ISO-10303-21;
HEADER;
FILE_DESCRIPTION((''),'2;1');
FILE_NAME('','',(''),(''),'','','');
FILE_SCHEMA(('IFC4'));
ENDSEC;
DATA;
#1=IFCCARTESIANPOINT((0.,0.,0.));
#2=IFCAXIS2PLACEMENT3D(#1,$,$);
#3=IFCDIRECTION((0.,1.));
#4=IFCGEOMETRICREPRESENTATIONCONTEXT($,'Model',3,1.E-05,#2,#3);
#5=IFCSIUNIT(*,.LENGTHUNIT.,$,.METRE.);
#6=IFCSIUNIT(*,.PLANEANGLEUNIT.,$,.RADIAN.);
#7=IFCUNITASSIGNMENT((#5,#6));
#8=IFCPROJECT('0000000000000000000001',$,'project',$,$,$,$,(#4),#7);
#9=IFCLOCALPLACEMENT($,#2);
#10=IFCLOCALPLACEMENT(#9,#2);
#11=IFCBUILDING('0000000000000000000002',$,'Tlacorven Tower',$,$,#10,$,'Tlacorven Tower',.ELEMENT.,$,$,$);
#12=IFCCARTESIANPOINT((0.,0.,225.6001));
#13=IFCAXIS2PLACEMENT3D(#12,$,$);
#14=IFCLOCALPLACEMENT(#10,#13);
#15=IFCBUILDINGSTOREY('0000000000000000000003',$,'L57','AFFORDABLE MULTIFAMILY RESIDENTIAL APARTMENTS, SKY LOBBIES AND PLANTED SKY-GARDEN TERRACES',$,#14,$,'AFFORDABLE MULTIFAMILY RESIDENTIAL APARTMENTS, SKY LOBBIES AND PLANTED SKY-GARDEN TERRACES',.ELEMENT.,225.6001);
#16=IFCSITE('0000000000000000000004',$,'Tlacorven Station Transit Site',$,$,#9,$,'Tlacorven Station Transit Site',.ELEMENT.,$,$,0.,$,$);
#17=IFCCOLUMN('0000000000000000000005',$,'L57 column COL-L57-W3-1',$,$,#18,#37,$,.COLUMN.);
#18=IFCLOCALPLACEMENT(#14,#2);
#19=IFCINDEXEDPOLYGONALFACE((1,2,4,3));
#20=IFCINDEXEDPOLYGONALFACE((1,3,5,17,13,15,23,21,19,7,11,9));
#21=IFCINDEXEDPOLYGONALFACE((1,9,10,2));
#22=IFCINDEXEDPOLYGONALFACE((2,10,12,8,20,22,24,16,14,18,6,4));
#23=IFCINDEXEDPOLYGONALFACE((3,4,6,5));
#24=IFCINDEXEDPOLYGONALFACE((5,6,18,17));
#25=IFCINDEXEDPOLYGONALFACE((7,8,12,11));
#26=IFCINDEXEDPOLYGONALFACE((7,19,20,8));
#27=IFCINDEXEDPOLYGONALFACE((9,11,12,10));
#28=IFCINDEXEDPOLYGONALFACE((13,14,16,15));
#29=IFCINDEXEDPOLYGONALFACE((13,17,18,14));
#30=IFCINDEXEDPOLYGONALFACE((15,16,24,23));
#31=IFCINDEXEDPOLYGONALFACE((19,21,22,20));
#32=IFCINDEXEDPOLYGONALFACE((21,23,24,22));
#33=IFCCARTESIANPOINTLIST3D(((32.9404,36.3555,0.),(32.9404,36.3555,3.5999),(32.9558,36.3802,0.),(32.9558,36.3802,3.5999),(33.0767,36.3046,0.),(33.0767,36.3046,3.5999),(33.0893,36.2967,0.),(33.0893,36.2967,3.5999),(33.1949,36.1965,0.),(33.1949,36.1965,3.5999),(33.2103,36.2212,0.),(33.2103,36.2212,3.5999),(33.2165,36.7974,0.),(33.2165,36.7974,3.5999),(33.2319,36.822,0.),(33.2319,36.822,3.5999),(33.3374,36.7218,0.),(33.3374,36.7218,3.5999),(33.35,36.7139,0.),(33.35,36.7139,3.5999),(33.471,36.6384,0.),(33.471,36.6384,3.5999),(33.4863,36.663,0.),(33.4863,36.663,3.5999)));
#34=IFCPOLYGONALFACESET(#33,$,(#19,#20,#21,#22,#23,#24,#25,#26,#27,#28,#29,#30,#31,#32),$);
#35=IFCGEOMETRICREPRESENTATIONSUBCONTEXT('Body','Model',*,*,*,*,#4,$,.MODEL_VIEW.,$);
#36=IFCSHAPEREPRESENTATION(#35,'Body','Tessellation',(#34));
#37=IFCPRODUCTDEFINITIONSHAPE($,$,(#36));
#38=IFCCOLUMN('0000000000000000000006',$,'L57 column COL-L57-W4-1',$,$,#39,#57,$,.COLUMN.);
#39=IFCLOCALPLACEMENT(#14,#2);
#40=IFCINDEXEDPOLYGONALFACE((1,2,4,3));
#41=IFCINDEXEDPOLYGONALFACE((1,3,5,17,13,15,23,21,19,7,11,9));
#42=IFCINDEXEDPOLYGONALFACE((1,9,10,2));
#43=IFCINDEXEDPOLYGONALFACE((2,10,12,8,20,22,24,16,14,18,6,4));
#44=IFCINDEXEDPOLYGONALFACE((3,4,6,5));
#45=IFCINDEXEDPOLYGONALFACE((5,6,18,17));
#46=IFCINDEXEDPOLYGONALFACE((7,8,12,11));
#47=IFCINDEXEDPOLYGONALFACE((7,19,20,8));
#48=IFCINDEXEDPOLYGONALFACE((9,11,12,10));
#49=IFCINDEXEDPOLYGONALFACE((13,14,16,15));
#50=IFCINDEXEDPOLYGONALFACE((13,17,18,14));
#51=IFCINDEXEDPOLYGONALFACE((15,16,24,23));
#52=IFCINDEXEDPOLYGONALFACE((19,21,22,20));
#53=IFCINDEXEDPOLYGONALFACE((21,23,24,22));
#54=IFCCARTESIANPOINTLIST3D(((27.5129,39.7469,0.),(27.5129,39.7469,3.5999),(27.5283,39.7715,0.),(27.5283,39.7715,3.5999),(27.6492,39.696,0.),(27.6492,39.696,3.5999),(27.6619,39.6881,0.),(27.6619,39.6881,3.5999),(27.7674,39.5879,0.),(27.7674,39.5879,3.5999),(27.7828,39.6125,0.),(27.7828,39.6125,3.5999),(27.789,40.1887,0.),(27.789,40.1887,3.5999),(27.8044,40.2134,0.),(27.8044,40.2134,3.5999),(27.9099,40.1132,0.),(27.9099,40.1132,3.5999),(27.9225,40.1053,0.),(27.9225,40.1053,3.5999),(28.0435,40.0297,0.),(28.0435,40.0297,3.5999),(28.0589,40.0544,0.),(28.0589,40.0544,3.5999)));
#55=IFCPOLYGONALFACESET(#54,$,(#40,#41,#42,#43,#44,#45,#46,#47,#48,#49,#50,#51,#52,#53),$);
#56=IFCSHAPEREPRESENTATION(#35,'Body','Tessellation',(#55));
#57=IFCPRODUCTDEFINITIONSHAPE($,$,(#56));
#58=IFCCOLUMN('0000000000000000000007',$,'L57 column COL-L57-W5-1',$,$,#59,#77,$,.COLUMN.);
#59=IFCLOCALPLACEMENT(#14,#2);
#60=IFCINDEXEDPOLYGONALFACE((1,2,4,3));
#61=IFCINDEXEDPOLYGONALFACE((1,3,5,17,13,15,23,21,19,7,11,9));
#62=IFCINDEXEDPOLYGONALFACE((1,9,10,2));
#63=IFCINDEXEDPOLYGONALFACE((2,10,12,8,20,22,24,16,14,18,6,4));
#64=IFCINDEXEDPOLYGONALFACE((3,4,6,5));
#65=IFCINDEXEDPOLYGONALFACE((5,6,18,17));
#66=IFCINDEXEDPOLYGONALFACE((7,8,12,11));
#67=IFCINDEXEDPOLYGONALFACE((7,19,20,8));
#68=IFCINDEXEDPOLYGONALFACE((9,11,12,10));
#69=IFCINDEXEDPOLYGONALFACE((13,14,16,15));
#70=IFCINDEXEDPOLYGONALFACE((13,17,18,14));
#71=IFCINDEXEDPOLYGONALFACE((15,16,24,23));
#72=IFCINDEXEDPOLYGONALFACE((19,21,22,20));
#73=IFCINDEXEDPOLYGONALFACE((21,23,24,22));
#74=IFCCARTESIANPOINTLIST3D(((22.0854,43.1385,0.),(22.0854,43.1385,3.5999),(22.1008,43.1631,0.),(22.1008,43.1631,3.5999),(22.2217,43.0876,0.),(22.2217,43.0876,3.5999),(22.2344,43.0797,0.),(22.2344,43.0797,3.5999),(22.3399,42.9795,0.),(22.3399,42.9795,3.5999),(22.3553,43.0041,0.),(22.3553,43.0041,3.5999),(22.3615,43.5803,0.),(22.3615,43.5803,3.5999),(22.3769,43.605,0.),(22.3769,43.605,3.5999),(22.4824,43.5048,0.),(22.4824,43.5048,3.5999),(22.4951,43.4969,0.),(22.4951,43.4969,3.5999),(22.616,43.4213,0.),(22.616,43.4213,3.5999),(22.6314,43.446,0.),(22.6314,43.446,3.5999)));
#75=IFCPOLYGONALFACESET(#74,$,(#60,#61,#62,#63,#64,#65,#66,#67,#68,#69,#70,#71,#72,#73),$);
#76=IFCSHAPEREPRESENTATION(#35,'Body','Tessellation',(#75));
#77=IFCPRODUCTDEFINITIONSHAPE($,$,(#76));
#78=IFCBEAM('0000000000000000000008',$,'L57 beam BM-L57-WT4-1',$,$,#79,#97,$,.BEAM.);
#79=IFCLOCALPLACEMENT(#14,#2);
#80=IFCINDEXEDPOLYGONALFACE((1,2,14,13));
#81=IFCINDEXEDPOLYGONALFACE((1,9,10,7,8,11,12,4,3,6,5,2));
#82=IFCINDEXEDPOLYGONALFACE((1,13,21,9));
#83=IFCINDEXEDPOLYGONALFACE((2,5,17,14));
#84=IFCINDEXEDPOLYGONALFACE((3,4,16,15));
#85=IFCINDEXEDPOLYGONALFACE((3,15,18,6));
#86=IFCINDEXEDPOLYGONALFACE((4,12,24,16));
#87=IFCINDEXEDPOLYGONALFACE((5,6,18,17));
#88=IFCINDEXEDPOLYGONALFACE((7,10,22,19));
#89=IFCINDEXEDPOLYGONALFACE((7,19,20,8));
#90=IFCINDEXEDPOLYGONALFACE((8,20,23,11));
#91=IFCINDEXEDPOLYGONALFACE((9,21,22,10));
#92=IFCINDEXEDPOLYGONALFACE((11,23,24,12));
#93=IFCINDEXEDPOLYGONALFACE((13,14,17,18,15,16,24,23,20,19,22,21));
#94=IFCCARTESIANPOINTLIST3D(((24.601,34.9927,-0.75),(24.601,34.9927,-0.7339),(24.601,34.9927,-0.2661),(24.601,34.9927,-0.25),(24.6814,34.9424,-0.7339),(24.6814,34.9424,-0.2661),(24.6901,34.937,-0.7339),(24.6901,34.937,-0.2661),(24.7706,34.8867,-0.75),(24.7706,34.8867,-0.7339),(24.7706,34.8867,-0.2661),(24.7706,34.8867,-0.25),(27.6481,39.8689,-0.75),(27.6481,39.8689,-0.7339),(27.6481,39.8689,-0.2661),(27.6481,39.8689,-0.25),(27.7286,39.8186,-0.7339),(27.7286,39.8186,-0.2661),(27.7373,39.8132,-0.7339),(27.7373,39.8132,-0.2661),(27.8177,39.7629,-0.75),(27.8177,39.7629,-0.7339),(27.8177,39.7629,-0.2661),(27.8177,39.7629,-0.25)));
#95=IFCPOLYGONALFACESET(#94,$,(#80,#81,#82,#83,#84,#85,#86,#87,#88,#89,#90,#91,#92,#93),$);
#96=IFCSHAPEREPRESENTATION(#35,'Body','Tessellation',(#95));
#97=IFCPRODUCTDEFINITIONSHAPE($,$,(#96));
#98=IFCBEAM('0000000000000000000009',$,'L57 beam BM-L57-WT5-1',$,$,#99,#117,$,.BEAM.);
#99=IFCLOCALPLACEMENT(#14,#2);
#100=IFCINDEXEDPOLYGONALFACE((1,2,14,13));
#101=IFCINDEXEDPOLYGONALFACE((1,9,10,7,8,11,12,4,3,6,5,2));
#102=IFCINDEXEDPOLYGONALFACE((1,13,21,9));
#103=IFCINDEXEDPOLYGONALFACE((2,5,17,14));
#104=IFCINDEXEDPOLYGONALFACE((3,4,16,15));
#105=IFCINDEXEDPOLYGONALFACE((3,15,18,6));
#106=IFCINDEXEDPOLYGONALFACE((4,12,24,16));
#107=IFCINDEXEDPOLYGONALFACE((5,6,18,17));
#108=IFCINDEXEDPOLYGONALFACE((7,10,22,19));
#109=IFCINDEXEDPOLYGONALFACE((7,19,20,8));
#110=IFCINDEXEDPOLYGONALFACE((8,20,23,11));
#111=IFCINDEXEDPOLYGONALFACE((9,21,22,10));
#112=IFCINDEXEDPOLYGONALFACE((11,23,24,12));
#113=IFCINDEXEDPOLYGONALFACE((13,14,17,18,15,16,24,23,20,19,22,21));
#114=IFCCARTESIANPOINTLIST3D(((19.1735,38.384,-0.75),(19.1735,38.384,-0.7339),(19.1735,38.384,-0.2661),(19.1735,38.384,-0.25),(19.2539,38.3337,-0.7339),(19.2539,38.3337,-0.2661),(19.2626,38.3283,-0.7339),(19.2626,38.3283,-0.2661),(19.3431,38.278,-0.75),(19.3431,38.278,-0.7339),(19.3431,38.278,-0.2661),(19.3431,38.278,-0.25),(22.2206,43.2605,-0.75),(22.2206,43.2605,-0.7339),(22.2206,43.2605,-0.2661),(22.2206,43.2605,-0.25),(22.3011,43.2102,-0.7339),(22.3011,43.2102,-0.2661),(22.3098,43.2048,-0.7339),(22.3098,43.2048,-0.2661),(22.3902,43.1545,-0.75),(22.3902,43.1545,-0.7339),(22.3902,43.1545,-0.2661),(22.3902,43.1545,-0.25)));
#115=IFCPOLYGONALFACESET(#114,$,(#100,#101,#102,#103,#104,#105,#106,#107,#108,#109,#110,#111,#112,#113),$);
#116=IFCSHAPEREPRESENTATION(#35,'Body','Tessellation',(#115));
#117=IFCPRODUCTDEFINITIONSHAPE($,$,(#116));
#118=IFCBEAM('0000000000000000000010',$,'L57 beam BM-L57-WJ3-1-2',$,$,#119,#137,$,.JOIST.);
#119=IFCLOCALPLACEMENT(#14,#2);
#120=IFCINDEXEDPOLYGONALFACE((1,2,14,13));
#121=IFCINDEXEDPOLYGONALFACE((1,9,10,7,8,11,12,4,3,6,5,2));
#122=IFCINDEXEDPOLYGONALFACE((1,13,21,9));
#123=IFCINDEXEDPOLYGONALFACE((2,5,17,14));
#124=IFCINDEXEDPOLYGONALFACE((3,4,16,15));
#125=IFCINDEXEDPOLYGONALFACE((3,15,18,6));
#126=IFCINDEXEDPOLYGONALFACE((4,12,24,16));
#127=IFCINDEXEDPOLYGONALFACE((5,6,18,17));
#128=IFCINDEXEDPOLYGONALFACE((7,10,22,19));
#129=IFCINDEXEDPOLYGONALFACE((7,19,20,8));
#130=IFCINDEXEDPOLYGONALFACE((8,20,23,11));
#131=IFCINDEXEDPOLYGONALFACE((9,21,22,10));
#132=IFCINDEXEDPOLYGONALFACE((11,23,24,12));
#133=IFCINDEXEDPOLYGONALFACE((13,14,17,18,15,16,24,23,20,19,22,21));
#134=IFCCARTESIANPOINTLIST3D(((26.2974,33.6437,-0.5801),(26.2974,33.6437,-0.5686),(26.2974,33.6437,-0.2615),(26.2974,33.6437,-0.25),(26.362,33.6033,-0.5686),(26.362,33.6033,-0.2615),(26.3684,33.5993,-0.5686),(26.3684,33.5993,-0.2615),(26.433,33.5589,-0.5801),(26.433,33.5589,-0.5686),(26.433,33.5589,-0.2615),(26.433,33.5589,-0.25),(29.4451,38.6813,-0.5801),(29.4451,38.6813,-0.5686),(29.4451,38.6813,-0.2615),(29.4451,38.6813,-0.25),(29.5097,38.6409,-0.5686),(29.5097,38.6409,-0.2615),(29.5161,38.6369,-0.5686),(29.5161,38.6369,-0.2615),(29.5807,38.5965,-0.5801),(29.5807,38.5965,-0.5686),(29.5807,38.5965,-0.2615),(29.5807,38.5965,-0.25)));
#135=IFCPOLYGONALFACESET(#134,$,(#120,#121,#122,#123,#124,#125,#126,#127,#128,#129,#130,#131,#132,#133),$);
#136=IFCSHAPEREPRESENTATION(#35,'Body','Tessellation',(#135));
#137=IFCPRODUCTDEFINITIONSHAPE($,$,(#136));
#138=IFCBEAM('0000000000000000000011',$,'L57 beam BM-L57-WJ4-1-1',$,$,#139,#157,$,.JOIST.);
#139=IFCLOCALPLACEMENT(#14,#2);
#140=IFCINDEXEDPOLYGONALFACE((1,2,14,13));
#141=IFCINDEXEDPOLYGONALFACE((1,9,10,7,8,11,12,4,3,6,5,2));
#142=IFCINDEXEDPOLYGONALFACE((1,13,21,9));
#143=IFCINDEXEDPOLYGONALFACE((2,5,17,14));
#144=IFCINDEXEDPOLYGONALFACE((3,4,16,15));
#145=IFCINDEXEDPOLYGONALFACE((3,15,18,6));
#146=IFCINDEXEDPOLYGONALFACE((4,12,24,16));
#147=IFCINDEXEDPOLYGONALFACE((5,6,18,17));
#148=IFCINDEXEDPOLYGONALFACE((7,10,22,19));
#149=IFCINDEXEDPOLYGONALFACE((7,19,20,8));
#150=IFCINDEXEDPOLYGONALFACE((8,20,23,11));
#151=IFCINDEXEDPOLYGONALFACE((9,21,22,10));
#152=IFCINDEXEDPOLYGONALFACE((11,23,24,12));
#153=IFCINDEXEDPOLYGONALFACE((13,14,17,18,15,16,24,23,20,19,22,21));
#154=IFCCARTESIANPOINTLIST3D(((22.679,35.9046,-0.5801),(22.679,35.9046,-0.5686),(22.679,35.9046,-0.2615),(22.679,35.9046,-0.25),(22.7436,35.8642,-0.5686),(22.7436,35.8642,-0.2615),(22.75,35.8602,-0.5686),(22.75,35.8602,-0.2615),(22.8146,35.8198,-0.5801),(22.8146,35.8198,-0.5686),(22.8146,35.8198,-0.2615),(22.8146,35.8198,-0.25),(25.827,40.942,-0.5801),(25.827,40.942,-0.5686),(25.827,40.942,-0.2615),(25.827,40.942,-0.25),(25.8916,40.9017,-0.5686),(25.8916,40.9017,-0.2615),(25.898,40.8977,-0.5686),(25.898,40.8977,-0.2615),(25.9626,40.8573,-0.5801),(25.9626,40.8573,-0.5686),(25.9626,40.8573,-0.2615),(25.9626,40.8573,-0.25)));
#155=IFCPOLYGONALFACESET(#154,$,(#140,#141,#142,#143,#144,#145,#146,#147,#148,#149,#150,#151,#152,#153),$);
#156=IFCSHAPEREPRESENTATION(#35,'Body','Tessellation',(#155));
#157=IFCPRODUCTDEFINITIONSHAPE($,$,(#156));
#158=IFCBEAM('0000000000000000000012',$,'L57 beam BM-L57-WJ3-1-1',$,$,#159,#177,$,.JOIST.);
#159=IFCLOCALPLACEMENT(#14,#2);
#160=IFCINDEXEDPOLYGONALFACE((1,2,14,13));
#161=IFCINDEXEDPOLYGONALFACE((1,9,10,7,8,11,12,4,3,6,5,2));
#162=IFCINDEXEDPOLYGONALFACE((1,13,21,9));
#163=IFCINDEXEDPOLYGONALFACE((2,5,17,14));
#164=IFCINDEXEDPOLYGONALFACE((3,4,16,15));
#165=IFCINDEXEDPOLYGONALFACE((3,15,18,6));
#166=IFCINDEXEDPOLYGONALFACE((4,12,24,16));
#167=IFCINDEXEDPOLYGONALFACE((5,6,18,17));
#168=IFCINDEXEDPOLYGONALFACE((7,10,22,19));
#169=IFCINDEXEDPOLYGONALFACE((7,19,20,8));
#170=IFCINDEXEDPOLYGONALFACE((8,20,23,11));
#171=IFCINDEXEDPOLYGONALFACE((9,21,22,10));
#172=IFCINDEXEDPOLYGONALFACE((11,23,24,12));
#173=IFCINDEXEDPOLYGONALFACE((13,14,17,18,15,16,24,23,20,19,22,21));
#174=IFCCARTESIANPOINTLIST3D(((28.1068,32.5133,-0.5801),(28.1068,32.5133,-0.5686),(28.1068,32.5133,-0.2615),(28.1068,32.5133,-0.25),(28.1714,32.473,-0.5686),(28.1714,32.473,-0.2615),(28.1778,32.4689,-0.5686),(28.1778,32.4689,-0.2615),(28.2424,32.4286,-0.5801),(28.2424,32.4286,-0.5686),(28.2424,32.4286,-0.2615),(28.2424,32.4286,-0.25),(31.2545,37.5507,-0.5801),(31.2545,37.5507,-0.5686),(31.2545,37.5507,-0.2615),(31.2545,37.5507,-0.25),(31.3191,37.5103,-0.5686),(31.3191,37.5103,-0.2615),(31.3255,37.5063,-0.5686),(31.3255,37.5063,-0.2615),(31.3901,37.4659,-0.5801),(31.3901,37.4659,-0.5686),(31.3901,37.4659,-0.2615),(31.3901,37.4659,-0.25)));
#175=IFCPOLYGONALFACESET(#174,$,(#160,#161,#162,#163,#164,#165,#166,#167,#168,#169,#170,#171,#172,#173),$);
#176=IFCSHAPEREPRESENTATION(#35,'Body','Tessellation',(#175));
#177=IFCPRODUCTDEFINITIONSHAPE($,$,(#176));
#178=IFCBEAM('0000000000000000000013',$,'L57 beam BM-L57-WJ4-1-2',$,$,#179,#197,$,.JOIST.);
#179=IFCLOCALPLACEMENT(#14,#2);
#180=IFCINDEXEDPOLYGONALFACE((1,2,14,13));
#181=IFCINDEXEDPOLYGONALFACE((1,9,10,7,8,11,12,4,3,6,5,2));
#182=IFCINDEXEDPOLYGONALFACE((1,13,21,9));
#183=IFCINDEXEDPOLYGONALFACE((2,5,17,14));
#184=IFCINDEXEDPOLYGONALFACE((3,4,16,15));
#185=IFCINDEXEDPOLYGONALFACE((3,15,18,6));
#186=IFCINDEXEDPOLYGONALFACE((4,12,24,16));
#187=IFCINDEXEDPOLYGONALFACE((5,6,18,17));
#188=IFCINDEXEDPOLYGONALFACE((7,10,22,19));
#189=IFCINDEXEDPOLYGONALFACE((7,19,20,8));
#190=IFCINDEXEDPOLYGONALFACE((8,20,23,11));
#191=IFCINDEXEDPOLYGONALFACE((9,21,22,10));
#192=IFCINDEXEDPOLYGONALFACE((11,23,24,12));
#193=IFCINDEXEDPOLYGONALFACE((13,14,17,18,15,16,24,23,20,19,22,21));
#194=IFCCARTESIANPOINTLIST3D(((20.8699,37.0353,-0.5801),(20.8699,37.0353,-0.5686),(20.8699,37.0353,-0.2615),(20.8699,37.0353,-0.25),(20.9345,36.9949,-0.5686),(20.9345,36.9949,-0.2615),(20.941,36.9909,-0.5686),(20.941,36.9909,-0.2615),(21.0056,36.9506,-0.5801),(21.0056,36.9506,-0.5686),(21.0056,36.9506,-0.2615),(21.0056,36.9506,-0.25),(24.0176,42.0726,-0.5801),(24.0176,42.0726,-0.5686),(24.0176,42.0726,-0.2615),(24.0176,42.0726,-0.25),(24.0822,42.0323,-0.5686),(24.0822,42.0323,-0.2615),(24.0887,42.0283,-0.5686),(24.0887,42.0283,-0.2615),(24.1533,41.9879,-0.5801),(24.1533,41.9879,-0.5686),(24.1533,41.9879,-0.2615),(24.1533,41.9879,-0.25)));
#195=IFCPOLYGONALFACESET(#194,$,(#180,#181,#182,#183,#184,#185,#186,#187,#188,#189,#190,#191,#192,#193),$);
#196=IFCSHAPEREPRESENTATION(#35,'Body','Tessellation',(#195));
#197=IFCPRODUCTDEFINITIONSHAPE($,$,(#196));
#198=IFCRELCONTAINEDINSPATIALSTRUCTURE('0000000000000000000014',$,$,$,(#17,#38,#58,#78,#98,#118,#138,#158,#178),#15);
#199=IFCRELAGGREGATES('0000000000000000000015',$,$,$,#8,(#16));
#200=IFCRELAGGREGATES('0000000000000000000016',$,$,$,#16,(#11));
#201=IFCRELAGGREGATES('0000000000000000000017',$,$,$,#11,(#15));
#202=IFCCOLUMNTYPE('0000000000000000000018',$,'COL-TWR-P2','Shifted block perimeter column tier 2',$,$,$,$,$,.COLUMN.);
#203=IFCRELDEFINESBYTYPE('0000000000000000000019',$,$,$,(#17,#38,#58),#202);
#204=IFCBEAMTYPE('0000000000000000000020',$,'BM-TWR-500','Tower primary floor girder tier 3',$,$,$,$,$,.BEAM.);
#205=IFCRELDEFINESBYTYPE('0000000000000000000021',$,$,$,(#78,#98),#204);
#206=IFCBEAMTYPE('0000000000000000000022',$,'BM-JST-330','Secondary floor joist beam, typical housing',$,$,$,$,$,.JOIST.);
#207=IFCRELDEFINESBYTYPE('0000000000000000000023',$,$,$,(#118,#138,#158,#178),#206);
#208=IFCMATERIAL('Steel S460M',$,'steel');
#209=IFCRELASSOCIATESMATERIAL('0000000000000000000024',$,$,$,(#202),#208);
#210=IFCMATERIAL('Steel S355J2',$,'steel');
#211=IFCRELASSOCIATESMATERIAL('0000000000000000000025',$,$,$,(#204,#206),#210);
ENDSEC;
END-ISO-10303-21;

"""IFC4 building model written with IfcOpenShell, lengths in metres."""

from ifc_helpers import new_model, si_unit, direction, frame, origin, origin_2d, place, context, subcontext, project, spatial, i_section, extrude, source, transform, mapped, material, material_profile, profile_set, type_object, element, save


model = new_model("IFC4")

# Units and contexts
model_context = context("Model", 3, precision=1e-05, world=origin(), true_north=direction((0.0, 1.0)))
body_context = subcontext(model_context, "Body", "Model", "MODEL_VIEW")
ifc_project = project(units=[si_unit("LENGTHUNIT", "METRE"), si_unit("PLANEANGLEUNIT", "RADIAN")], contexts=[model_context])

# Site, building, storey
site_placement = place(None, origin())
site = spatial("IfcSite", under=ifc_project, at=site_placement, Name="Tlacorven Station Transit Site", LongName="Tlacorven Station Transit Site", CompositionType="ELEMENT", RefElevation=0.0)
building_placement = place(site_placement, origin())
building = spatial("IfcBuilding", under=site, at=building_placement, Name="Tlacorven Tower", LongName="Tlacorven Tower", CompositionType="ELEMENT")
storey_placement = place(building_placement, frame((0.0, 0.0, 225.6001)))
storey = spatial("IfcBuildingStorey", under=building, at=storey_placement, Name="L57", Description="AFFORDABLE MULTIFAMILY RESIDENTIAL APARTMENTS, SKY LOBBIES AND PLANTED SKY-GARDEN TERRACES", LongName="AFFORDABLE MULTIFAMILY RESIDENTIAL APARTMENTS, SKY LOBBIES AND PLANTED SKY-GARDEN TERRACES", CompositionType="ELEMENT", Elevation=225.6001)

# Columns
ifc_material_1 = material(Name="Steel S460M", Category="steel")
ifc_material_profile_1 = material_profile(ifc_material_1, i_section(OverallWidth=0.3, OverallDepth=0.55, WebThickness=0.0149, FlangeThickness=0.0291, at=origin_2d()), Name="HEB 550")
ifc_profile_set_1 = profile_set([ifc_material_profile_1], Name="Steel S460M")
column_type = type_object("IfcColumnType", Name="COL-TWR-P2", Description="Shifted block perimeter column tier 2", PredefinedType="COLUMN", material=ifc_profile_set_1)
shared_shape_1 = source(origin(), body_context, "Body", "SweptSolid", [
    extrude(i_section(OverallWidth=0.3, OverallDepth=0.55, WebThickness=0.0149, FlangeThickness=0.0291, at=origin_2d()), origin(), (0.0, 0.0, 1.0), 3.5999),
])
for number, where, z_axis, x_axis, name in (
    (1, (33.2134, 36.5093, 0.0), (0.0, 0.0, 1.0), (-0.848048, 0.529919, 0.0), "L57 column COL-L57-W3-1"),
    (2, (27.7859, 39.9006, 0.0), (0.0, 0.0, 1.0), (-0.848048, 0.529919, 0.0), "L57 column COL-L57-W4-1"),
    (3, (22.3584, 43.2922, 0.0), (0.0, 0.0, 1.0), (-0.848048, 0.529919, 0.0), "L57 column COL-L57-W5-1"),
):
    element("IfcColumn", number, at=place(storey_placement, frame(where, z_axis=z_axis, x_axis=x_axis)), inside=storey, type_object=column_type, Name=name, PredefinedType="COLUMN", context=body_context, shape_type="MappedRepresentation", body=[
        mapped(shared_shape_1, transform((0.0, 0.0, 0.0), scale=1.0)),
    ])

# Beams
ifc_material_2 = material(Name="Steel S355J2", Category="steel")
ifc_material_profile_2 = material_profile(ifc_material_2, i_section(OverallWidth=0.2, OverallDepth=0.5, WebThickness=0.0103, FlangeThickness=0.0161, at=origin_2d()), Name="IPE 500")
ifc_profile_set_2 = profile_set([ifc_material_profile_2], Name="Steel S355J2")
beam_type_1 = type_object("IfcBeamType", Name="BM-TWR-500", Description="Tower primary floor girder tier 3", PredefinedType="BEAM", material=ifc_profile_set_2)
shared_shape_2 = source(origin(), body_context, "Body", "SweptSolid", [
    extrude(i_section(OverallWidth=0.2, OverallDepth=0.5, WebThickness=0.0103, FlangeThickness=0.0161, at=origin_2d()), origin(), (0.0, 0.0, 1.0), 5.75),
])
beam_1_placement = place(storey_placement, frame((27.7329, 39.8159, -0.5), z_axis=(-0.529934, -0.848039, 0.0), x_axis=(0.848039, -0.529934, 0.0)))
element("IfcBeam", 4, at=beam_1_placement, inside=storey, type_object=beam_type_1, Name="L57 beam BM-L57-WT4-1", PredefinedType="BEAM", context=body_context, shape_type="MappedRepresentation", body=[
    mapped(shared_shape_2, transform((0.0, 0.0, 0.0), scale=1.0)),
])
shared_shape_3 = source(origin(), body_context, "Body", "SweptSolid", [
    extrude(i_section(OverallWidth=0.2, OverallDepth=0.5, WebThickness=0.0103, FlangeThickness=0.0161, at=origin_2d()), origin(), (0.0, 0.0, 1.0), 5.7502),
])
beam_2_placement = place(storey_placement, frame((22.3054, 43.2075, -0.5), z_axis=(-0.529915, -0.848051, 0.0), x_axis=(0.848051, -0.529915, 0.0)))
element("IfcBeam", 5, at=beam_2_placement, inside=storey, type_object=beam_type_1, Name="L57 beam BM-L57-WT5-1", PredefinedType="BEAM", context=body_context, shape_type="MappedRepresentation", body=[
    mapped(shared_shape_3, transform((0.0, 0.0, 0.0), scale=1.0)),
])
ifc_material_profile_3 = material_profile(ifc_material_2, i_section(OverallWidth=0.1599, OverallDepth=0.3301, WebThickness=0.0076, FlangeThickness=0.0115, at=origin_2d()), Name="IPE 330")
ifc_profile_set_3 = profile_set([ifc_material_profile_3], Name="Steel S355J2")
beam_type_2 = type_object("IfcBeamType", Name="BM-JST-330", Description="Secondary floor joist beam, typical housing", PredefinedType="JOIST", material=ifc_profile_set_3)
shared_shape_4 = source(origin(), body_context, "Body", "SweptSolid", [
    extrude(i_section(OverallWidth=0.1599, OverallDepth=0.3301, WebThickness=0.0076, FlangeThickness=0.0115, at=origin_2d()), origin(), (0.0, 0.0, 1.0), 5.9402),
])
for number, where, z_axis, x_axis, name in (
    (6, (29.5129, 38.6389, -0.415), (-0.529903, -0.848058, 0.0), (0.848058, -0.529903, 0.0), "L57 beam BM-L57-WJ3-1-2"),
    (7, (25.8948, 40.8997, -0.415), (-0.529951, -0.848028, 0.0), (0.848028, -0.529951, 0.0), "L57 beam BM-L57-WJ4-1-1"),
):
    element("IfcBeam", number, at=place(storey_placement, frame(where, z_axis=z_axis, x_axis=x_axis)), inside=storey, type_object=beam_type_2, Name=name, PredefinedType="JOIST", context=body_context, shape_type="MappedRepresentation", body=[
        mapped(shared_shape_4, transform((0.0, 0.0, 0.0), scale=1.0)),
    ])
shared_shape_5 = source(origin(), body_context, "Body", "SweptSolid", [
    extrude(i_section(OverallWidth=0.1599, OverallDepth=0.3301, WebThickness=0.0076, FlangeThickness=0.0115, at=origin_2d()), origin(), (0.0, 0.0, 1.0), 5.9399),
])
for number, where, z_axis, x_axis, name in (
    (8, (31.3223, 37.5083, -0.415), (-0.529921, -0.848047, 0.0), (0.848047, -0.529921, 0.0), "L57 beam BM-L57-WJ3-1-1"),
    (9, (24.0854, 42.0303, -0.415), (-0.529921, -0.848047, 0.0), (0.848047, -0.529921, 0.0), "L57 beam BM-L57-WJ4-1-2"),
):
    element("IfcBeam", number, at=place(storey_placement, frame(where, z_axis=z_axis, x_axis=x_axis)), inside=storey, type_object=beam_type_2, Name=name, PredefinedType="JOIST", context=body_context, shape_type="MappedRepresentation", body=[
        mapped(shared_shape_5, transform((0.0, 0.0, 0.0), scale=1.0)),
    ])

save(model, "model.ifc")
